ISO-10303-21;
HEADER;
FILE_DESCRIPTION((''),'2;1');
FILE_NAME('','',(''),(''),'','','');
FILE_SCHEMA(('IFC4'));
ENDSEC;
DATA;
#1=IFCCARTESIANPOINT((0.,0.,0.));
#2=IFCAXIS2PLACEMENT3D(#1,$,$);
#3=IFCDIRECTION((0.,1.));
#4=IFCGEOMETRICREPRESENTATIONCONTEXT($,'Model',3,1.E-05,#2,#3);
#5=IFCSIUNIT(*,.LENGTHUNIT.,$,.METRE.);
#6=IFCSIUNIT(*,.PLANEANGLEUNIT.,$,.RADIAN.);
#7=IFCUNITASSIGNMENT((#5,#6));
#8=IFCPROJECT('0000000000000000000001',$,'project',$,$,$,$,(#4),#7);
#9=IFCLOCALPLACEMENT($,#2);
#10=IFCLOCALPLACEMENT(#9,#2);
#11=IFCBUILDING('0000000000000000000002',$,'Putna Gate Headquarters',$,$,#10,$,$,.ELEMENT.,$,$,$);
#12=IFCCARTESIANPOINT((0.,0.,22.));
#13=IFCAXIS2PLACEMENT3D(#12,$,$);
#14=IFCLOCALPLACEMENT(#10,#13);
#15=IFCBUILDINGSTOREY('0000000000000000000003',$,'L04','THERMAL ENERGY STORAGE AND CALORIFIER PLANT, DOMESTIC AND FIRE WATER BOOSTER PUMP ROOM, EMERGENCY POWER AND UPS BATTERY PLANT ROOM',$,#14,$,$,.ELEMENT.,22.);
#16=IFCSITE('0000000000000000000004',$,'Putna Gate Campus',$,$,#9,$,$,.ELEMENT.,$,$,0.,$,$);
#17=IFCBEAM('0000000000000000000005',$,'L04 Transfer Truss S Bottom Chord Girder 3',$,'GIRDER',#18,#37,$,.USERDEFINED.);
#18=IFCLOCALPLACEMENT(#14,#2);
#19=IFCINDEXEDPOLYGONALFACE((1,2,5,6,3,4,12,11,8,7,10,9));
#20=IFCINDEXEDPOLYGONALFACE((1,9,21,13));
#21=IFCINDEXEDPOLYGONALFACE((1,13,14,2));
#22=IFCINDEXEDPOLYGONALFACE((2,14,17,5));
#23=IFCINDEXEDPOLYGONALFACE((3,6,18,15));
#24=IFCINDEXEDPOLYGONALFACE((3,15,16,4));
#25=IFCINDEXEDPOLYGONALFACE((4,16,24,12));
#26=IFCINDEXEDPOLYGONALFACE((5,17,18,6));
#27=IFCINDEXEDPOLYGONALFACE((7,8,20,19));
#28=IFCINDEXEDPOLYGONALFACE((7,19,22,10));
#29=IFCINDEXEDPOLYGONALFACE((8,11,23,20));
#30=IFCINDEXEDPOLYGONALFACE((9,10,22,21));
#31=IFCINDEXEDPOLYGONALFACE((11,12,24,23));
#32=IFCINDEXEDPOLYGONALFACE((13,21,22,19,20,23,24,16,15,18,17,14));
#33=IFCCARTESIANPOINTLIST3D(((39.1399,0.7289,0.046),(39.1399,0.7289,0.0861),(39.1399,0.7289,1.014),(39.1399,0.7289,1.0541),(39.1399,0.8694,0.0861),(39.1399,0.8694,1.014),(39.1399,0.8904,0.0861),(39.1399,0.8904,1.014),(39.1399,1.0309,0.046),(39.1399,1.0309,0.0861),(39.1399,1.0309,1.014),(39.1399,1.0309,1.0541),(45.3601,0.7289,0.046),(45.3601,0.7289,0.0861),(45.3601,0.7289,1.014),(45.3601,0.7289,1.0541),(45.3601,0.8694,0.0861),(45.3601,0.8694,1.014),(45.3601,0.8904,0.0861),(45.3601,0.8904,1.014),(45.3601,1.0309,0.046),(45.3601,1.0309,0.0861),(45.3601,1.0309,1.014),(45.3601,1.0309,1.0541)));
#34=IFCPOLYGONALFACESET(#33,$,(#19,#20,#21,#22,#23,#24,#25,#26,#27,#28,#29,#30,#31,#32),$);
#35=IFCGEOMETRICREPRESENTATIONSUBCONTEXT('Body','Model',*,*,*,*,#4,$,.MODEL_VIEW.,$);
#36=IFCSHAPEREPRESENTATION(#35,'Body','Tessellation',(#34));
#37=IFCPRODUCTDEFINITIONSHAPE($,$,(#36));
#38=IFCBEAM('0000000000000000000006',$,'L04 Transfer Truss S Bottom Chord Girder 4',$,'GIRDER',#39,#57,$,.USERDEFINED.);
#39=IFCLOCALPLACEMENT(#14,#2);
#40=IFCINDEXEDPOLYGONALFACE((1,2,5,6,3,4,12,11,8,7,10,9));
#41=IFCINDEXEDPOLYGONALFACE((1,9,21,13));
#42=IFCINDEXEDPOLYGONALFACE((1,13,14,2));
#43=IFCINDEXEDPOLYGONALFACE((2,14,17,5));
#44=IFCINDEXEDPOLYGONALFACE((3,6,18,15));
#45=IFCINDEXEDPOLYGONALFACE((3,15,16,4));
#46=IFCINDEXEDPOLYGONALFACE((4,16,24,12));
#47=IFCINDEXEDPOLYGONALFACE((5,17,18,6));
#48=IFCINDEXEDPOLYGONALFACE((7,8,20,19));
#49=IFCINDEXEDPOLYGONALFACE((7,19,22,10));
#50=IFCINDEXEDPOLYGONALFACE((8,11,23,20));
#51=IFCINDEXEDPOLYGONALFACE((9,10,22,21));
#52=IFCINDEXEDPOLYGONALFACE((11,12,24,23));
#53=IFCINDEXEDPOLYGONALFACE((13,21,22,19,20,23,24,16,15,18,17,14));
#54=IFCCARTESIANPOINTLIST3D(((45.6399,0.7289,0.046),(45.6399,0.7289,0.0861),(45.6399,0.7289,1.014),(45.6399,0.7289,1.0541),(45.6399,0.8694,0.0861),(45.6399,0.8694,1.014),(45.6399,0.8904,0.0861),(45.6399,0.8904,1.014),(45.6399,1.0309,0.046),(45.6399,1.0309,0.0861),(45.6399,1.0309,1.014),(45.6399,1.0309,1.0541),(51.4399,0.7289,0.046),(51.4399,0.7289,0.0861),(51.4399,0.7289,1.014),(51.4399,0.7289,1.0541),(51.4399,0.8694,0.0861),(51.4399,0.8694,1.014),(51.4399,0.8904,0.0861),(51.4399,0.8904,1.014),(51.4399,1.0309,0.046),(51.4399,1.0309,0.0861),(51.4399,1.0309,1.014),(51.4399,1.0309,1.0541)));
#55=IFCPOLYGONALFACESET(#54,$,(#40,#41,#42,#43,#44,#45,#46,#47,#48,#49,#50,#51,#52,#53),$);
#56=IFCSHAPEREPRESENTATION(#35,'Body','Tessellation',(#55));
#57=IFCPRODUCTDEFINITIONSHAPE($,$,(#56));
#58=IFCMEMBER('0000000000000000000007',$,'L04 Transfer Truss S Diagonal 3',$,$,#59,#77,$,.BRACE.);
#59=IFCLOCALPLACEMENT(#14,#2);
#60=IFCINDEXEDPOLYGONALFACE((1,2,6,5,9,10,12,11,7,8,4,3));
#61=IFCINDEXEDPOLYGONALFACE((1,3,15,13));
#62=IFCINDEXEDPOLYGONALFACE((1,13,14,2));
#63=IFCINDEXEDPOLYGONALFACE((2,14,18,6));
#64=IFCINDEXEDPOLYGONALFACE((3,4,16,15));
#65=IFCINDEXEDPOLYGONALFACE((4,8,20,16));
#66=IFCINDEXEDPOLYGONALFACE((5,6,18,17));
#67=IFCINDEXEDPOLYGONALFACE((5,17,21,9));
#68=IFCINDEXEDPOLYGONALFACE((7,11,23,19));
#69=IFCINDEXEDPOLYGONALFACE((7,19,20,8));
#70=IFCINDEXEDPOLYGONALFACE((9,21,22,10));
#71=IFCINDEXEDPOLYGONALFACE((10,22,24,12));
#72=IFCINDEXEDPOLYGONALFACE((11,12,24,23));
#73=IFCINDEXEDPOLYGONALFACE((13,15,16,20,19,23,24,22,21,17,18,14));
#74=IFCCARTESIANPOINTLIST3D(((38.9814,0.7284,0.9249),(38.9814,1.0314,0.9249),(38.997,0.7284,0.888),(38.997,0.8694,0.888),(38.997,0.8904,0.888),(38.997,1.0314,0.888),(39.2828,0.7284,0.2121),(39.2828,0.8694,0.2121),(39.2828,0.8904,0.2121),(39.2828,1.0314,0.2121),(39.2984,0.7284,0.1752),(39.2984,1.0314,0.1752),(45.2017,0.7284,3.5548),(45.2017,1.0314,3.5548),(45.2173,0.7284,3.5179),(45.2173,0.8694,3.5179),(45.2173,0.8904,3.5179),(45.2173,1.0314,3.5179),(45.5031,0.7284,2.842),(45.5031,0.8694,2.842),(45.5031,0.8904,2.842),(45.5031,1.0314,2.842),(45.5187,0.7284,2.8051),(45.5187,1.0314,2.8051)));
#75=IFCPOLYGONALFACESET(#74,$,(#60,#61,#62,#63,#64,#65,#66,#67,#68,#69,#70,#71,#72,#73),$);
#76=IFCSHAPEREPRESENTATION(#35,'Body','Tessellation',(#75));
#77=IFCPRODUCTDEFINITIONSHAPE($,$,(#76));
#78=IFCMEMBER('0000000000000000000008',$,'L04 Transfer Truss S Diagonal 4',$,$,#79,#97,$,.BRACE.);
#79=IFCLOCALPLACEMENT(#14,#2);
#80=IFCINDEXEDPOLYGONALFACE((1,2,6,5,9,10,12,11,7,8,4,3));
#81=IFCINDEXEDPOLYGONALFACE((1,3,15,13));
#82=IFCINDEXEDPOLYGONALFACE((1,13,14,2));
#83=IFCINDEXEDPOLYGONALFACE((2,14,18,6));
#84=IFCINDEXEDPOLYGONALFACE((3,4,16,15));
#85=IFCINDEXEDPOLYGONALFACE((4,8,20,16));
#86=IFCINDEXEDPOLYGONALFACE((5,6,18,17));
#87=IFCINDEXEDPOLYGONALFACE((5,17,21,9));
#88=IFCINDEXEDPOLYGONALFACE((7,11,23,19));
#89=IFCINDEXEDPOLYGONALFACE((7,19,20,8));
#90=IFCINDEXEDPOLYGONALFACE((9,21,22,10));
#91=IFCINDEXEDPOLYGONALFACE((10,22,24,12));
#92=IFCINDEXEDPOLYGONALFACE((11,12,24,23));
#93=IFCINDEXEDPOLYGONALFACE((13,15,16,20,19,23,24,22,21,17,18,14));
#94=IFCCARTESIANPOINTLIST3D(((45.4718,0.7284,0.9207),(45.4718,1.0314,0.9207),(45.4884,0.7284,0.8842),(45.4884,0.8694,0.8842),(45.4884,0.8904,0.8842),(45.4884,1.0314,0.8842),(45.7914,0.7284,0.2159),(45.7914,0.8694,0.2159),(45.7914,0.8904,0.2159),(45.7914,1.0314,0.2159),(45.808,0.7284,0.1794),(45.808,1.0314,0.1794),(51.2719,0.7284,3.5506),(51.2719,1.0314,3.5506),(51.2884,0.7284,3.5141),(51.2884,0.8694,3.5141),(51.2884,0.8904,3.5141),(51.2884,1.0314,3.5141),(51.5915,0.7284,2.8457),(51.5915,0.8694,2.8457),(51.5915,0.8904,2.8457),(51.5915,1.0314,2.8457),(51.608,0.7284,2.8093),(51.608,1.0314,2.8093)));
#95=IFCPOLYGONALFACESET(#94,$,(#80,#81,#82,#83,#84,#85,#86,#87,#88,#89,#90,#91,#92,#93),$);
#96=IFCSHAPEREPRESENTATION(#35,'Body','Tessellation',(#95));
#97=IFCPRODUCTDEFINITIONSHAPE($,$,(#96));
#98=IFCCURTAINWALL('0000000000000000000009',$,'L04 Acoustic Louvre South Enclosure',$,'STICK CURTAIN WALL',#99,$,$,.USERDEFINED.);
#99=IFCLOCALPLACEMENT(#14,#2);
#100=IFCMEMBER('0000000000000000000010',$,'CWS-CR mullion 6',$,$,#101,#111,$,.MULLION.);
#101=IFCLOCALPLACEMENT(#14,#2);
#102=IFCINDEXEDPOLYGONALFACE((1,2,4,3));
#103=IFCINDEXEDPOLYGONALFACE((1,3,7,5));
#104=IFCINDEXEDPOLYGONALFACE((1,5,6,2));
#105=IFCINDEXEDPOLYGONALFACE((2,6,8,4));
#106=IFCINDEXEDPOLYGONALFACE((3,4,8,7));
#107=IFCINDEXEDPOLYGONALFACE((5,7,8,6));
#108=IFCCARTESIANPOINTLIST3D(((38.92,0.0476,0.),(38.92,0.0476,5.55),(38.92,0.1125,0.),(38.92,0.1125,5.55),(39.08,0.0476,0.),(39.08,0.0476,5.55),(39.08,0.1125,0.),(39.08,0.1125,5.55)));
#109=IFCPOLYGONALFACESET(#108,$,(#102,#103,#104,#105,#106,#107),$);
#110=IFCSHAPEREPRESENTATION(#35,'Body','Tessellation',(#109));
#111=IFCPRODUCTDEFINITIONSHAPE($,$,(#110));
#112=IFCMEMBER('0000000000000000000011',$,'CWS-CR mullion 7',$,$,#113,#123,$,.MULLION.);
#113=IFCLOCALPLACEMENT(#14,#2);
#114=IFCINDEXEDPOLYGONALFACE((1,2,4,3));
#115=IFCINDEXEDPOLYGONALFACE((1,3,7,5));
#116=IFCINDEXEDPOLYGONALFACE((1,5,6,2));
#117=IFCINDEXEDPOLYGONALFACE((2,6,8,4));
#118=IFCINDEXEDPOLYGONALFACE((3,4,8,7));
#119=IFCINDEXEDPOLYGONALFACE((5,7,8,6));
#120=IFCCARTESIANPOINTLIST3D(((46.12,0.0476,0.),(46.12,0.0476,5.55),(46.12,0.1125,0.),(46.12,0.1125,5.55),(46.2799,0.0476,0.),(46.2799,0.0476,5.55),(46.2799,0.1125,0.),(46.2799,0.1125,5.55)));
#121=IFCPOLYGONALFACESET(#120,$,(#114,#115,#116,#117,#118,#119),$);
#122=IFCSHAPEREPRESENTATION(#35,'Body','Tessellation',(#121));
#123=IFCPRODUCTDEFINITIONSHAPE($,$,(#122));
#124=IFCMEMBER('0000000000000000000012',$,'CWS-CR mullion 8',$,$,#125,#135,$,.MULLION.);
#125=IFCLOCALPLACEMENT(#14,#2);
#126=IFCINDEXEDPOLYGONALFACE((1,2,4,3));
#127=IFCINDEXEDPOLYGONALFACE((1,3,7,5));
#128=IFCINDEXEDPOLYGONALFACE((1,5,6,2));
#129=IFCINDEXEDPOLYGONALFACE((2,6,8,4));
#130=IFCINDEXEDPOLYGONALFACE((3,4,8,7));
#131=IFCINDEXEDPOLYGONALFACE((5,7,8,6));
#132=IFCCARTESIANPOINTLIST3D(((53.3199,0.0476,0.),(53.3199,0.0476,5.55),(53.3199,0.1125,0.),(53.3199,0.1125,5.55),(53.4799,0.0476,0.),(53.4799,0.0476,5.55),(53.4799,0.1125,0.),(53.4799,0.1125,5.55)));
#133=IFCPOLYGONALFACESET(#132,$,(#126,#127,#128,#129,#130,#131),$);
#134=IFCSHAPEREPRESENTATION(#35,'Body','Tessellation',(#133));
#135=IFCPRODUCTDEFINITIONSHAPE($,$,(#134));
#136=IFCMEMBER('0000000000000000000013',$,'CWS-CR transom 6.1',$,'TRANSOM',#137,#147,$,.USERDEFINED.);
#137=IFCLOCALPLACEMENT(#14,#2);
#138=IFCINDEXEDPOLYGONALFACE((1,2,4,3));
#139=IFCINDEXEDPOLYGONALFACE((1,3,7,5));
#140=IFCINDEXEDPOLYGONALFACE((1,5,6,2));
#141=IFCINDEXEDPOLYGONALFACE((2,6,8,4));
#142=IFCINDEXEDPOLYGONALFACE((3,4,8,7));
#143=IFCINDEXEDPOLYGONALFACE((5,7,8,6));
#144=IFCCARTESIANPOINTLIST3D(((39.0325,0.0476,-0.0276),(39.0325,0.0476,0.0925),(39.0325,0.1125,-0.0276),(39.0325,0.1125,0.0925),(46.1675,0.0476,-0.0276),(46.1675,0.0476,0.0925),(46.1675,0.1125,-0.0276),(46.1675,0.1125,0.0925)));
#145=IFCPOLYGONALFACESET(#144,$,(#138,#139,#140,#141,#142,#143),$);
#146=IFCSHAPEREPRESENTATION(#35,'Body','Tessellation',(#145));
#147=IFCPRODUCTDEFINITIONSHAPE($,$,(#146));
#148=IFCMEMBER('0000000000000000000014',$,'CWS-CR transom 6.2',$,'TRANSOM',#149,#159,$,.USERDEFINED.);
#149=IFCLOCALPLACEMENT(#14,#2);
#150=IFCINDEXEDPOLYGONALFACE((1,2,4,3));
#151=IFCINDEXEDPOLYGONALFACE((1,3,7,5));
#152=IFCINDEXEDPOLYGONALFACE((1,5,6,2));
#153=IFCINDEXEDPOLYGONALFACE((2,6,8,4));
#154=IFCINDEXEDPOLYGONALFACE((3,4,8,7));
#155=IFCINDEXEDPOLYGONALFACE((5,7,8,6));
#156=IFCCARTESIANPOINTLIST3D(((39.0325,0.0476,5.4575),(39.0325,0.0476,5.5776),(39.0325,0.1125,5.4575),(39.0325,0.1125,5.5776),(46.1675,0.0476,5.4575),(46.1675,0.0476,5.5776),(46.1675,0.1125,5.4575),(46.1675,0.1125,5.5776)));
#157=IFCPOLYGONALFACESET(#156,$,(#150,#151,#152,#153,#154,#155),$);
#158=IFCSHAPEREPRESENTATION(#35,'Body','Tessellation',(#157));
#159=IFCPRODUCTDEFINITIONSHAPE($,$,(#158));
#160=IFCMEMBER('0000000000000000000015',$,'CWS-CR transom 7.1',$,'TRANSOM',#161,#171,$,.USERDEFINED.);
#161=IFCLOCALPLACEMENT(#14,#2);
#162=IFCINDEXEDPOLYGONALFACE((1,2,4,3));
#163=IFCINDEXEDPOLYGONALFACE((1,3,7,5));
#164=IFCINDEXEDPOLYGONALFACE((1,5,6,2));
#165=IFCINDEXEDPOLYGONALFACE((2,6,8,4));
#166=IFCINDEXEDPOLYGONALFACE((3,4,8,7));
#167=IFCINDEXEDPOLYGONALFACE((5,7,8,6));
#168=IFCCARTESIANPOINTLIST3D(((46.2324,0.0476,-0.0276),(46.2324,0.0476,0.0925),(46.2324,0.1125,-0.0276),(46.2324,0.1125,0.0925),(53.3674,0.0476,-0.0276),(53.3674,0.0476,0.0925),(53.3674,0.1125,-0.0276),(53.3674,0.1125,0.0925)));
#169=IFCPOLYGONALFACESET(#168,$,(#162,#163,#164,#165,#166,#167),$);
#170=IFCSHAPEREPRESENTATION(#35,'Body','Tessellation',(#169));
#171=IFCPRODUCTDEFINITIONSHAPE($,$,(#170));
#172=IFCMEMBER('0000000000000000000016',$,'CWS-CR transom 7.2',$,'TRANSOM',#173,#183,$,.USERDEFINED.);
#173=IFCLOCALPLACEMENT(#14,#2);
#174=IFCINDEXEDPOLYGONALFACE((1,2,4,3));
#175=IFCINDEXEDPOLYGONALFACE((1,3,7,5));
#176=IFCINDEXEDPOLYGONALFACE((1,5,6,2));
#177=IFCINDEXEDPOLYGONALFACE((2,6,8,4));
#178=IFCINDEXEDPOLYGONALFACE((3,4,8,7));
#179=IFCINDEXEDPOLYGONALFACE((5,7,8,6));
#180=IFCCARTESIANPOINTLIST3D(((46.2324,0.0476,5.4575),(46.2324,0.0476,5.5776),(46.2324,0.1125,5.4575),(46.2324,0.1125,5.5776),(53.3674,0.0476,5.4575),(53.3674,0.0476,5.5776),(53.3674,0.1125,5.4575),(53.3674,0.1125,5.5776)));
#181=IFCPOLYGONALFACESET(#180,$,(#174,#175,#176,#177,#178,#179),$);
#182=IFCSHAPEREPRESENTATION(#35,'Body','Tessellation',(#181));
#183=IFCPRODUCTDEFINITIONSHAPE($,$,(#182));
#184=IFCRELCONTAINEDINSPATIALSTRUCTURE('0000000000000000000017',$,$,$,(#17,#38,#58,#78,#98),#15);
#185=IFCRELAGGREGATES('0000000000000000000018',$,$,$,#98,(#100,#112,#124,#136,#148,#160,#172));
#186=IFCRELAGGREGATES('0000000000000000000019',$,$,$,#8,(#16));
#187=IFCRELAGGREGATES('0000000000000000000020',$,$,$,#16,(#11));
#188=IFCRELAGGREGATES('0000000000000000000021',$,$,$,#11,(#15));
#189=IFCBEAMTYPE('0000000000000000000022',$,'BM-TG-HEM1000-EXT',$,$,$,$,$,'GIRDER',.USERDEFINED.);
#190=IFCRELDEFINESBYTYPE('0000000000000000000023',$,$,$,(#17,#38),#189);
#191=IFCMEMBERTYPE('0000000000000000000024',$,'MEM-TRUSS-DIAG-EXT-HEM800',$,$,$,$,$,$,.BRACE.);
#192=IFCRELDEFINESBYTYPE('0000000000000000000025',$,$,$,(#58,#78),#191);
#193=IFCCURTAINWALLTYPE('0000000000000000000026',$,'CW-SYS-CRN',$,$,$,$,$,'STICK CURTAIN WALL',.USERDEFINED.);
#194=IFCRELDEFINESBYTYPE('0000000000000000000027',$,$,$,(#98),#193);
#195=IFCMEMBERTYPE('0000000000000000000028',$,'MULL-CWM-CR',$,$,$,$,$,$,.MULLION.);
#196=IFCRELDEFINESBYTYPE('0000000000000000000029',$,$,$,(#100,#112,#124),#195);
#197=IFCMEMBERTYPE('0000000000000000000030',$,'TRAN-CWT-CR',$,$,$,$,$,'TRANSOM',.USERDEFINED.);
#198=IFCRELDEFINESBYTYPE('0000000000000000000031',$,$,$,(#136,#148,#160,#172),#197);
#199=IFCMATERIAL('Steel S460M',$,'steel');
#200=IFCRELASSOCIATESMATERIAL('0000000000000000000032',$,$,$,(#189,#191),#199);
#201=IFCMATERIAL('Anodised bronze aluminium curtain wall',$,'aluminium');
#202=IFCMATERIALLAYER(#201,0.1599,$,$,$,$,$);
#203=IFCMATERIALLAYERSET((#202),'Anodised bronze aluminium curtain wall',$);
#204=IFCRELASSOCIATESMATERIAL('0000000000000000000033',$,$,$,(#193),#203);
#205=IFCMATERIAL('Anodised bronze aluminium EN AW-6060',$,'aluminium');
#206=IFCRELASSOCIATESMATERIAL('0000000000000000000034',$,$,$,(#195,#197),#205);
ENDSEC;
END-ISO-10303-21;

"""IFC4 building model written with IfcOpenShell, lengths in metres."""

from ifc_helpers import new_model, si_unit, direction, frame, origin, origin_2d, place, context, subcontext, project, spatial, rectangle, i_section, extrude, material, layer, layer_set, material_profile, profile_set, type_object, element, aggregate, save


model = new_model("IFC4")

# Units and contexts
model_context = context("Model", 3, precision=1e-05, world=origin(), true_north=direction((0.0, 1.0)))
body_context = subcontext(model_context, "Body", "Model", "MODEL_VIEW")
ifc_project = project(units=[si_unit("LENGTHUNIT", "METRE"), si_unit("PLANEANGLEUNIT", "RADIAN")], contexts=[model_context])

# Site, building, storey
site_placement = place(None, origin())
site = spatial("IfcSite", under=ifc_project, at=site_placement, Name="Putna Gate Campus", CompositionType="ELEMENT", RefElevation=0.0)
building_placement = place(site_placement, origin())
building = spatial("IfcBuilding", under=site, at=building_placement, Name="Putna Gate Headquarters", CompositionType="ELEMENT")
storey_placement = place(building_placement, frame((0.0, 0.0, 22.0)))
storey = spatial("IfcBuildingStorey", under=building, at=storey_placement, Name="L04", Description="THERMAL ENERGY STORAGE AND CALORIFIER PLANT, DOMESTIC AND FIRE WATER BOOSTER PUMP ROOM, EMERGENCY POWER AND UPS BATTERY PLANT ROOM", CompositionType="ELEMENT", Elevation=22.0)

# Shared definitions
ifc_material_1 = material(Name="Steel S460M", Category="steel")

# Beams
ifc_material_profile_1 = material_profile(ifc_material_1, i_section(OverallWidth=0.302, OverallDepth=1.0081, WebThickness=0.021, FlangeThickness=0.04, at=origin_2d()), Name="Steel S460M")
ifc_profile_set_1 = profile_set([ifc_material_profile_1], Name="Steel S460M")
beam_type_1 = type_object("IfcBeamType", Name="BM-TG-HEM1000-EXT", ElementType="GIRDER", PredefinedType="USERDEFINED", material=ifc_profile_set_1)
beam_1_placement = place(storey_placement, frame((39.1399, 0.8799, 0.55), z_axis=(1.0, 0.0, 0.0), x_axis=(0.0, 1.0, 0.0)))
element("IfcBeam", 1, at=beam_1_placement, inside=storey, type_object=beam_type_1, Name="L04 Transfer Truss S Bottom Chord Girder 3", ObjectType="GIRDER", PredefinedType="USERDEFINED", context=body_context, shape_type="SweptSolid", body=[
    extrude(i_section(OverallWidth=0.302, OverallDepth=1.0081, WebThickness=0.021, FlangeThickness=0.04, at=origin_2d()), origin(), (0.0, 0.0, 1.0), 6.2202),
])
beam_2_placement = place(storey_placement, frame((45.6399, 0.8799, 0.55), z_axis=(1.0, 0.0, 0.0), x_axis=(0.0, 1.0, 0.0)))
element("IfcBeam", 2, at=beam_2_placement, inside=storey, type_object=beam_type_1, Name="L04 Transfer Truss S Bottom Chord Girder 4", ObjectType="GIRDER", PredefinedType="USERDEFINED", context=body_context, shape_type="SweptSolid", body=[
    extrude(i_section(OverallWidth=0.302, OverallDepth=1.0081, WebThickness=0.021, FlangeThickness=0.04, at=origin_2d()), origin(), (0.0, 0.0, 1.0), 5.8),
])

# Members
ifc_material_profile_2 = material_profile(ifc_material_1, i_section(OverallWidth=0.303, OverallDepth=0.814, WebThickness=0.021, FlangeThickness=0.04, at=origin_2d()), Name="Steel S460M")
ifc_profile_set_2 = profile_set([ifc_material_profile_2], Name="Steel S460M")
member_type_1 = type_object("IfcMemberType", Name="MEM-TRUSS-DIAG-EXT-HEM800", PredefinedType="BRACE", material=ifc_profile_set_2)
member_1_placement = place(storey_placement, frame((39.1399, 0.8799, 0.55), z_axis=(0.92106, 0.0, 0.389421), x_axis=(0.0, 1.0, 0.0)))
element("IfcMember", 3, at=member_1_placement, inside=storey, type_object=member_type_1, Name="L04 Transfer Truss S Diagonal 3", PredefinedType="BRACE", context=body_context, shape_type="SweptSolid", body=[
    extrude(i_section(OverallWidth=0.303, OverallDepth=0.814, WebThickness=0.021, FlangeThickness=0.04, at=origin_2d()), origin(), (0.0, 0.0, 1.0), 6.7534),
])
member_2_placement = place(storey_placement, frame((45.6399, 0.8799, 0.55), z_axis=(0.910751, 0.0, 0.412956), x_axis=(0.0, 1.0, 0.0)))
element("IfcMember", 4, at=member_2_placement, inside=storey, type_object=member_type_1, Name="L04 Transfer Truss S Diagonal 4", PredefinedType="BRACE", context=body_context, shape_type="SweptSolid", body=[
    extrude(i_section(OverallWidth=0.303, OverallDepth=0.814, WebThickness=0.021, FlangeThickness=0.04, at=origin_2d()), origin(), (0.0, 0.0, 1.0), 6.3684),
])

# Curtain wall, members
ifc_material_2 = material(Name="Anodised bronze aluminium curtain wall", Category="aluminium")
ifc_layer_1 = layer(ifc_material_2, 0.1599)
ifc_layer_set_1 = layer_set([ifc_layer_1], Name="Anodised bronze aluminium curtain wall")
curtain_wall_type = type_object("IfcCurtainWallType", Name="CW-SYS-CRN", ElementType="STICK CURTAIN WALL", PredefinedType="USERDEFINED", material=ifc_layer_set_1)
curtain_wall_placement = place(storey_placement, origin())
curtain_wall = element("IfcCurtainWall", 5, at=curtain_wall_placement, inside=storey, type_object=curtain_wall_type, Name="L04 Acoustic Louvre South Enclosure", ObjectType="STICK CURTAIN WALL", PredefinedType="USERDEFINED")
ifc_material_3 = material(Name="Anodised bronze aluminium EN AW-6060", Category="aluminium")
ifc_material_profile_3 = material_profile(ifc_material_3, rectangle(XDim=0.0649, YDim=0.1599, at=origin_2d()), Name="Anodised bronze aluminium EN AW-6060")
ifc_profile_set_3 = profile_set([ifc_material_profile_3], Name="Anodised bronze aluminium EN AW-6060")
member_type_2 = type_object("IfcMemberType", Name="MULL-CWM-CR", PredefinedType="MULLION", material=ifc_profile_set_3)
member_3_placement = place(storey_placement, frame((39.0, 0.0801, 0.0), z_axis=(0.0, 0.0, 1.0), x_axis=(0.0, 1.0, 0.0)))
member_3 = element("IfcMember", 6, at=member_3_placement, type_object=member_type_2, Name="CWS-CR mullion 6", PredefinedType="MULLION", context=body_context, shape_type="SweptSolid", body=[
    extrude(rectangle(XDim=0.0649, YDim=0.1599, at=origin_2d()), origin(), (0.0, 0.0, 1.0), 5.55),
])
member_4_placement = place(storey_placement, frame((46.2, 0.0801, 0.0), z_axis=(0.0, 0.0, 1.0), x_axis=(0.0, 1.0, 0.0)))
member_4 = element("IfcMember", 7, at=member_4_placement, type_object=member_type_2, Name="CWS-CR mullion 7", PredefinedType="MULLION", context=body_context, shape_type="SweptSolid", body=[
    extrude(rectangle(XDim=0.0649, YDim=0.1599, at=origin_2d()), origin(), (0.0, 0.0, 1.0), 5.55),
])
member_5_placement = place(storey_placement, frame((53.3999, 0.0801, 0.0), z_axis=(0.0, 0.0, 1.0), x_axis=(0.0, 1.0, 0.0)))
member_5 = element("IfcMember", 8, at=member_5_placement, type_object=member_type_2, Name="CWS-CR mullion 8", PredefinedType="MULLION", context=body_context, shape_type="SweptSolid", body=[
    extrude(rectangle(XDim=0.0649, YDim=0.1599, at=origin_2d()), origin(), (0.0, 0.0, 1.0), 5.55),
])
ifc_material_profile_4 = material_profile(ifc_material_3, rectangle(XDim=0.0649, YDim=0.1201, at=origin_2d()), Name="Anodised bronze aluminium EN AW-6060")
ifc_profile_set_4 = profile_set([ifc_material_profile_4], Name="Anodised bronze aluminium EN AW-6060")
member_type_3 = type_object("IfcMemberType", Name="TRAN-CWT-CR", ElementType="TRANSOM", PredefinedType="USERDEFINED", material=ifc_profile_set_4)
member_6_placement = place(storey_placement, frame((39.0325, 0.0801, 0.0325), z_axis=(1.0, 0.0, 0.0), x_axis=(0.0, 1.0, 0.0)))
member_6 = element("IfcMember", 9, at=member_6_placement, type_object=member_type_3, Name="CWS-CR transom 6.1", ObjectType="TRANSOM", PredefinedType="USERDEFINED", context=body_context, shape_type="SweptSolid", body=[
    extrude(rectangle(XDim=0.0649, YDim=0.1201, at=origin_2d()), origin(), (0.0, 0.0, 1.0), 7.135),
])
member_7_placement = place(storey_placement, frame((39.0325, 0.0801, 5.5176), z_axis=(1.0, 0.0, 0.0), x_axis=(0.0, 1.0, 0.0)))
member_7 = element("IfcMember", 10, at=member_7_placement, type_object=member_type_3, Name="CWS-CR transom 6.2", ObjectType="TRANSOM", PredefinedType="USERDEFINED", context=body_context, shape_type="SweptSolid", body=[
    extrude(rectangle(XDim=0.0649, YDim=0.1201, at=origin_2d()), origin(), (0.0, 0.0, 1.0), 7.135),
])
member_8_placement = place(storey_placement, frame((46.2324, 0.0801, 0.0325), z_axis=(1.0, 0.0, 0.0), x_axis=(0.0, 1.0, 0.0)))
member_8 = element("IfcMember", 11, at=member_8_placement, type_object=member_type_3, Name="CWS-CR transom 7.1", ObjectType="TRANSOM", PredefinedType="USERDEFINED", context=body_context, shape_type="SweptSolid", body=[
    extrude(rectangle(XDim=0.0649, YDim=0.1201, at=origin_2d()), origin(), (0.0, 0.0, 1.0), 7.135),
])
member_9_placement = place(storey_placement, frame((46.2324, 0.0801, 5.5176), z_axis=(1.0, 0.0, 0.0), x_axis=(0.0, 1.0, 0.0)))
member_9 = element("IfcMember", 12, at=member_9_placement, type_object=member_type_3, Name="CWS-CR transom 7.2", ObjectType="TRANSOM", PredefinedType="USERDEFINED", context=body_context, shape_type="SweptSolid", body=[
    extrude(rectangle(XDim=0.0649, YDim=0.1201, at=origin_2d()), origin(), (0.0, 0.0, 1.0), 7.135),
])
aggregate(curtain_wall, [member_3, member_4, member_5, member_6, member_7, member_8, member_9])

save(model, "model.ifc")
